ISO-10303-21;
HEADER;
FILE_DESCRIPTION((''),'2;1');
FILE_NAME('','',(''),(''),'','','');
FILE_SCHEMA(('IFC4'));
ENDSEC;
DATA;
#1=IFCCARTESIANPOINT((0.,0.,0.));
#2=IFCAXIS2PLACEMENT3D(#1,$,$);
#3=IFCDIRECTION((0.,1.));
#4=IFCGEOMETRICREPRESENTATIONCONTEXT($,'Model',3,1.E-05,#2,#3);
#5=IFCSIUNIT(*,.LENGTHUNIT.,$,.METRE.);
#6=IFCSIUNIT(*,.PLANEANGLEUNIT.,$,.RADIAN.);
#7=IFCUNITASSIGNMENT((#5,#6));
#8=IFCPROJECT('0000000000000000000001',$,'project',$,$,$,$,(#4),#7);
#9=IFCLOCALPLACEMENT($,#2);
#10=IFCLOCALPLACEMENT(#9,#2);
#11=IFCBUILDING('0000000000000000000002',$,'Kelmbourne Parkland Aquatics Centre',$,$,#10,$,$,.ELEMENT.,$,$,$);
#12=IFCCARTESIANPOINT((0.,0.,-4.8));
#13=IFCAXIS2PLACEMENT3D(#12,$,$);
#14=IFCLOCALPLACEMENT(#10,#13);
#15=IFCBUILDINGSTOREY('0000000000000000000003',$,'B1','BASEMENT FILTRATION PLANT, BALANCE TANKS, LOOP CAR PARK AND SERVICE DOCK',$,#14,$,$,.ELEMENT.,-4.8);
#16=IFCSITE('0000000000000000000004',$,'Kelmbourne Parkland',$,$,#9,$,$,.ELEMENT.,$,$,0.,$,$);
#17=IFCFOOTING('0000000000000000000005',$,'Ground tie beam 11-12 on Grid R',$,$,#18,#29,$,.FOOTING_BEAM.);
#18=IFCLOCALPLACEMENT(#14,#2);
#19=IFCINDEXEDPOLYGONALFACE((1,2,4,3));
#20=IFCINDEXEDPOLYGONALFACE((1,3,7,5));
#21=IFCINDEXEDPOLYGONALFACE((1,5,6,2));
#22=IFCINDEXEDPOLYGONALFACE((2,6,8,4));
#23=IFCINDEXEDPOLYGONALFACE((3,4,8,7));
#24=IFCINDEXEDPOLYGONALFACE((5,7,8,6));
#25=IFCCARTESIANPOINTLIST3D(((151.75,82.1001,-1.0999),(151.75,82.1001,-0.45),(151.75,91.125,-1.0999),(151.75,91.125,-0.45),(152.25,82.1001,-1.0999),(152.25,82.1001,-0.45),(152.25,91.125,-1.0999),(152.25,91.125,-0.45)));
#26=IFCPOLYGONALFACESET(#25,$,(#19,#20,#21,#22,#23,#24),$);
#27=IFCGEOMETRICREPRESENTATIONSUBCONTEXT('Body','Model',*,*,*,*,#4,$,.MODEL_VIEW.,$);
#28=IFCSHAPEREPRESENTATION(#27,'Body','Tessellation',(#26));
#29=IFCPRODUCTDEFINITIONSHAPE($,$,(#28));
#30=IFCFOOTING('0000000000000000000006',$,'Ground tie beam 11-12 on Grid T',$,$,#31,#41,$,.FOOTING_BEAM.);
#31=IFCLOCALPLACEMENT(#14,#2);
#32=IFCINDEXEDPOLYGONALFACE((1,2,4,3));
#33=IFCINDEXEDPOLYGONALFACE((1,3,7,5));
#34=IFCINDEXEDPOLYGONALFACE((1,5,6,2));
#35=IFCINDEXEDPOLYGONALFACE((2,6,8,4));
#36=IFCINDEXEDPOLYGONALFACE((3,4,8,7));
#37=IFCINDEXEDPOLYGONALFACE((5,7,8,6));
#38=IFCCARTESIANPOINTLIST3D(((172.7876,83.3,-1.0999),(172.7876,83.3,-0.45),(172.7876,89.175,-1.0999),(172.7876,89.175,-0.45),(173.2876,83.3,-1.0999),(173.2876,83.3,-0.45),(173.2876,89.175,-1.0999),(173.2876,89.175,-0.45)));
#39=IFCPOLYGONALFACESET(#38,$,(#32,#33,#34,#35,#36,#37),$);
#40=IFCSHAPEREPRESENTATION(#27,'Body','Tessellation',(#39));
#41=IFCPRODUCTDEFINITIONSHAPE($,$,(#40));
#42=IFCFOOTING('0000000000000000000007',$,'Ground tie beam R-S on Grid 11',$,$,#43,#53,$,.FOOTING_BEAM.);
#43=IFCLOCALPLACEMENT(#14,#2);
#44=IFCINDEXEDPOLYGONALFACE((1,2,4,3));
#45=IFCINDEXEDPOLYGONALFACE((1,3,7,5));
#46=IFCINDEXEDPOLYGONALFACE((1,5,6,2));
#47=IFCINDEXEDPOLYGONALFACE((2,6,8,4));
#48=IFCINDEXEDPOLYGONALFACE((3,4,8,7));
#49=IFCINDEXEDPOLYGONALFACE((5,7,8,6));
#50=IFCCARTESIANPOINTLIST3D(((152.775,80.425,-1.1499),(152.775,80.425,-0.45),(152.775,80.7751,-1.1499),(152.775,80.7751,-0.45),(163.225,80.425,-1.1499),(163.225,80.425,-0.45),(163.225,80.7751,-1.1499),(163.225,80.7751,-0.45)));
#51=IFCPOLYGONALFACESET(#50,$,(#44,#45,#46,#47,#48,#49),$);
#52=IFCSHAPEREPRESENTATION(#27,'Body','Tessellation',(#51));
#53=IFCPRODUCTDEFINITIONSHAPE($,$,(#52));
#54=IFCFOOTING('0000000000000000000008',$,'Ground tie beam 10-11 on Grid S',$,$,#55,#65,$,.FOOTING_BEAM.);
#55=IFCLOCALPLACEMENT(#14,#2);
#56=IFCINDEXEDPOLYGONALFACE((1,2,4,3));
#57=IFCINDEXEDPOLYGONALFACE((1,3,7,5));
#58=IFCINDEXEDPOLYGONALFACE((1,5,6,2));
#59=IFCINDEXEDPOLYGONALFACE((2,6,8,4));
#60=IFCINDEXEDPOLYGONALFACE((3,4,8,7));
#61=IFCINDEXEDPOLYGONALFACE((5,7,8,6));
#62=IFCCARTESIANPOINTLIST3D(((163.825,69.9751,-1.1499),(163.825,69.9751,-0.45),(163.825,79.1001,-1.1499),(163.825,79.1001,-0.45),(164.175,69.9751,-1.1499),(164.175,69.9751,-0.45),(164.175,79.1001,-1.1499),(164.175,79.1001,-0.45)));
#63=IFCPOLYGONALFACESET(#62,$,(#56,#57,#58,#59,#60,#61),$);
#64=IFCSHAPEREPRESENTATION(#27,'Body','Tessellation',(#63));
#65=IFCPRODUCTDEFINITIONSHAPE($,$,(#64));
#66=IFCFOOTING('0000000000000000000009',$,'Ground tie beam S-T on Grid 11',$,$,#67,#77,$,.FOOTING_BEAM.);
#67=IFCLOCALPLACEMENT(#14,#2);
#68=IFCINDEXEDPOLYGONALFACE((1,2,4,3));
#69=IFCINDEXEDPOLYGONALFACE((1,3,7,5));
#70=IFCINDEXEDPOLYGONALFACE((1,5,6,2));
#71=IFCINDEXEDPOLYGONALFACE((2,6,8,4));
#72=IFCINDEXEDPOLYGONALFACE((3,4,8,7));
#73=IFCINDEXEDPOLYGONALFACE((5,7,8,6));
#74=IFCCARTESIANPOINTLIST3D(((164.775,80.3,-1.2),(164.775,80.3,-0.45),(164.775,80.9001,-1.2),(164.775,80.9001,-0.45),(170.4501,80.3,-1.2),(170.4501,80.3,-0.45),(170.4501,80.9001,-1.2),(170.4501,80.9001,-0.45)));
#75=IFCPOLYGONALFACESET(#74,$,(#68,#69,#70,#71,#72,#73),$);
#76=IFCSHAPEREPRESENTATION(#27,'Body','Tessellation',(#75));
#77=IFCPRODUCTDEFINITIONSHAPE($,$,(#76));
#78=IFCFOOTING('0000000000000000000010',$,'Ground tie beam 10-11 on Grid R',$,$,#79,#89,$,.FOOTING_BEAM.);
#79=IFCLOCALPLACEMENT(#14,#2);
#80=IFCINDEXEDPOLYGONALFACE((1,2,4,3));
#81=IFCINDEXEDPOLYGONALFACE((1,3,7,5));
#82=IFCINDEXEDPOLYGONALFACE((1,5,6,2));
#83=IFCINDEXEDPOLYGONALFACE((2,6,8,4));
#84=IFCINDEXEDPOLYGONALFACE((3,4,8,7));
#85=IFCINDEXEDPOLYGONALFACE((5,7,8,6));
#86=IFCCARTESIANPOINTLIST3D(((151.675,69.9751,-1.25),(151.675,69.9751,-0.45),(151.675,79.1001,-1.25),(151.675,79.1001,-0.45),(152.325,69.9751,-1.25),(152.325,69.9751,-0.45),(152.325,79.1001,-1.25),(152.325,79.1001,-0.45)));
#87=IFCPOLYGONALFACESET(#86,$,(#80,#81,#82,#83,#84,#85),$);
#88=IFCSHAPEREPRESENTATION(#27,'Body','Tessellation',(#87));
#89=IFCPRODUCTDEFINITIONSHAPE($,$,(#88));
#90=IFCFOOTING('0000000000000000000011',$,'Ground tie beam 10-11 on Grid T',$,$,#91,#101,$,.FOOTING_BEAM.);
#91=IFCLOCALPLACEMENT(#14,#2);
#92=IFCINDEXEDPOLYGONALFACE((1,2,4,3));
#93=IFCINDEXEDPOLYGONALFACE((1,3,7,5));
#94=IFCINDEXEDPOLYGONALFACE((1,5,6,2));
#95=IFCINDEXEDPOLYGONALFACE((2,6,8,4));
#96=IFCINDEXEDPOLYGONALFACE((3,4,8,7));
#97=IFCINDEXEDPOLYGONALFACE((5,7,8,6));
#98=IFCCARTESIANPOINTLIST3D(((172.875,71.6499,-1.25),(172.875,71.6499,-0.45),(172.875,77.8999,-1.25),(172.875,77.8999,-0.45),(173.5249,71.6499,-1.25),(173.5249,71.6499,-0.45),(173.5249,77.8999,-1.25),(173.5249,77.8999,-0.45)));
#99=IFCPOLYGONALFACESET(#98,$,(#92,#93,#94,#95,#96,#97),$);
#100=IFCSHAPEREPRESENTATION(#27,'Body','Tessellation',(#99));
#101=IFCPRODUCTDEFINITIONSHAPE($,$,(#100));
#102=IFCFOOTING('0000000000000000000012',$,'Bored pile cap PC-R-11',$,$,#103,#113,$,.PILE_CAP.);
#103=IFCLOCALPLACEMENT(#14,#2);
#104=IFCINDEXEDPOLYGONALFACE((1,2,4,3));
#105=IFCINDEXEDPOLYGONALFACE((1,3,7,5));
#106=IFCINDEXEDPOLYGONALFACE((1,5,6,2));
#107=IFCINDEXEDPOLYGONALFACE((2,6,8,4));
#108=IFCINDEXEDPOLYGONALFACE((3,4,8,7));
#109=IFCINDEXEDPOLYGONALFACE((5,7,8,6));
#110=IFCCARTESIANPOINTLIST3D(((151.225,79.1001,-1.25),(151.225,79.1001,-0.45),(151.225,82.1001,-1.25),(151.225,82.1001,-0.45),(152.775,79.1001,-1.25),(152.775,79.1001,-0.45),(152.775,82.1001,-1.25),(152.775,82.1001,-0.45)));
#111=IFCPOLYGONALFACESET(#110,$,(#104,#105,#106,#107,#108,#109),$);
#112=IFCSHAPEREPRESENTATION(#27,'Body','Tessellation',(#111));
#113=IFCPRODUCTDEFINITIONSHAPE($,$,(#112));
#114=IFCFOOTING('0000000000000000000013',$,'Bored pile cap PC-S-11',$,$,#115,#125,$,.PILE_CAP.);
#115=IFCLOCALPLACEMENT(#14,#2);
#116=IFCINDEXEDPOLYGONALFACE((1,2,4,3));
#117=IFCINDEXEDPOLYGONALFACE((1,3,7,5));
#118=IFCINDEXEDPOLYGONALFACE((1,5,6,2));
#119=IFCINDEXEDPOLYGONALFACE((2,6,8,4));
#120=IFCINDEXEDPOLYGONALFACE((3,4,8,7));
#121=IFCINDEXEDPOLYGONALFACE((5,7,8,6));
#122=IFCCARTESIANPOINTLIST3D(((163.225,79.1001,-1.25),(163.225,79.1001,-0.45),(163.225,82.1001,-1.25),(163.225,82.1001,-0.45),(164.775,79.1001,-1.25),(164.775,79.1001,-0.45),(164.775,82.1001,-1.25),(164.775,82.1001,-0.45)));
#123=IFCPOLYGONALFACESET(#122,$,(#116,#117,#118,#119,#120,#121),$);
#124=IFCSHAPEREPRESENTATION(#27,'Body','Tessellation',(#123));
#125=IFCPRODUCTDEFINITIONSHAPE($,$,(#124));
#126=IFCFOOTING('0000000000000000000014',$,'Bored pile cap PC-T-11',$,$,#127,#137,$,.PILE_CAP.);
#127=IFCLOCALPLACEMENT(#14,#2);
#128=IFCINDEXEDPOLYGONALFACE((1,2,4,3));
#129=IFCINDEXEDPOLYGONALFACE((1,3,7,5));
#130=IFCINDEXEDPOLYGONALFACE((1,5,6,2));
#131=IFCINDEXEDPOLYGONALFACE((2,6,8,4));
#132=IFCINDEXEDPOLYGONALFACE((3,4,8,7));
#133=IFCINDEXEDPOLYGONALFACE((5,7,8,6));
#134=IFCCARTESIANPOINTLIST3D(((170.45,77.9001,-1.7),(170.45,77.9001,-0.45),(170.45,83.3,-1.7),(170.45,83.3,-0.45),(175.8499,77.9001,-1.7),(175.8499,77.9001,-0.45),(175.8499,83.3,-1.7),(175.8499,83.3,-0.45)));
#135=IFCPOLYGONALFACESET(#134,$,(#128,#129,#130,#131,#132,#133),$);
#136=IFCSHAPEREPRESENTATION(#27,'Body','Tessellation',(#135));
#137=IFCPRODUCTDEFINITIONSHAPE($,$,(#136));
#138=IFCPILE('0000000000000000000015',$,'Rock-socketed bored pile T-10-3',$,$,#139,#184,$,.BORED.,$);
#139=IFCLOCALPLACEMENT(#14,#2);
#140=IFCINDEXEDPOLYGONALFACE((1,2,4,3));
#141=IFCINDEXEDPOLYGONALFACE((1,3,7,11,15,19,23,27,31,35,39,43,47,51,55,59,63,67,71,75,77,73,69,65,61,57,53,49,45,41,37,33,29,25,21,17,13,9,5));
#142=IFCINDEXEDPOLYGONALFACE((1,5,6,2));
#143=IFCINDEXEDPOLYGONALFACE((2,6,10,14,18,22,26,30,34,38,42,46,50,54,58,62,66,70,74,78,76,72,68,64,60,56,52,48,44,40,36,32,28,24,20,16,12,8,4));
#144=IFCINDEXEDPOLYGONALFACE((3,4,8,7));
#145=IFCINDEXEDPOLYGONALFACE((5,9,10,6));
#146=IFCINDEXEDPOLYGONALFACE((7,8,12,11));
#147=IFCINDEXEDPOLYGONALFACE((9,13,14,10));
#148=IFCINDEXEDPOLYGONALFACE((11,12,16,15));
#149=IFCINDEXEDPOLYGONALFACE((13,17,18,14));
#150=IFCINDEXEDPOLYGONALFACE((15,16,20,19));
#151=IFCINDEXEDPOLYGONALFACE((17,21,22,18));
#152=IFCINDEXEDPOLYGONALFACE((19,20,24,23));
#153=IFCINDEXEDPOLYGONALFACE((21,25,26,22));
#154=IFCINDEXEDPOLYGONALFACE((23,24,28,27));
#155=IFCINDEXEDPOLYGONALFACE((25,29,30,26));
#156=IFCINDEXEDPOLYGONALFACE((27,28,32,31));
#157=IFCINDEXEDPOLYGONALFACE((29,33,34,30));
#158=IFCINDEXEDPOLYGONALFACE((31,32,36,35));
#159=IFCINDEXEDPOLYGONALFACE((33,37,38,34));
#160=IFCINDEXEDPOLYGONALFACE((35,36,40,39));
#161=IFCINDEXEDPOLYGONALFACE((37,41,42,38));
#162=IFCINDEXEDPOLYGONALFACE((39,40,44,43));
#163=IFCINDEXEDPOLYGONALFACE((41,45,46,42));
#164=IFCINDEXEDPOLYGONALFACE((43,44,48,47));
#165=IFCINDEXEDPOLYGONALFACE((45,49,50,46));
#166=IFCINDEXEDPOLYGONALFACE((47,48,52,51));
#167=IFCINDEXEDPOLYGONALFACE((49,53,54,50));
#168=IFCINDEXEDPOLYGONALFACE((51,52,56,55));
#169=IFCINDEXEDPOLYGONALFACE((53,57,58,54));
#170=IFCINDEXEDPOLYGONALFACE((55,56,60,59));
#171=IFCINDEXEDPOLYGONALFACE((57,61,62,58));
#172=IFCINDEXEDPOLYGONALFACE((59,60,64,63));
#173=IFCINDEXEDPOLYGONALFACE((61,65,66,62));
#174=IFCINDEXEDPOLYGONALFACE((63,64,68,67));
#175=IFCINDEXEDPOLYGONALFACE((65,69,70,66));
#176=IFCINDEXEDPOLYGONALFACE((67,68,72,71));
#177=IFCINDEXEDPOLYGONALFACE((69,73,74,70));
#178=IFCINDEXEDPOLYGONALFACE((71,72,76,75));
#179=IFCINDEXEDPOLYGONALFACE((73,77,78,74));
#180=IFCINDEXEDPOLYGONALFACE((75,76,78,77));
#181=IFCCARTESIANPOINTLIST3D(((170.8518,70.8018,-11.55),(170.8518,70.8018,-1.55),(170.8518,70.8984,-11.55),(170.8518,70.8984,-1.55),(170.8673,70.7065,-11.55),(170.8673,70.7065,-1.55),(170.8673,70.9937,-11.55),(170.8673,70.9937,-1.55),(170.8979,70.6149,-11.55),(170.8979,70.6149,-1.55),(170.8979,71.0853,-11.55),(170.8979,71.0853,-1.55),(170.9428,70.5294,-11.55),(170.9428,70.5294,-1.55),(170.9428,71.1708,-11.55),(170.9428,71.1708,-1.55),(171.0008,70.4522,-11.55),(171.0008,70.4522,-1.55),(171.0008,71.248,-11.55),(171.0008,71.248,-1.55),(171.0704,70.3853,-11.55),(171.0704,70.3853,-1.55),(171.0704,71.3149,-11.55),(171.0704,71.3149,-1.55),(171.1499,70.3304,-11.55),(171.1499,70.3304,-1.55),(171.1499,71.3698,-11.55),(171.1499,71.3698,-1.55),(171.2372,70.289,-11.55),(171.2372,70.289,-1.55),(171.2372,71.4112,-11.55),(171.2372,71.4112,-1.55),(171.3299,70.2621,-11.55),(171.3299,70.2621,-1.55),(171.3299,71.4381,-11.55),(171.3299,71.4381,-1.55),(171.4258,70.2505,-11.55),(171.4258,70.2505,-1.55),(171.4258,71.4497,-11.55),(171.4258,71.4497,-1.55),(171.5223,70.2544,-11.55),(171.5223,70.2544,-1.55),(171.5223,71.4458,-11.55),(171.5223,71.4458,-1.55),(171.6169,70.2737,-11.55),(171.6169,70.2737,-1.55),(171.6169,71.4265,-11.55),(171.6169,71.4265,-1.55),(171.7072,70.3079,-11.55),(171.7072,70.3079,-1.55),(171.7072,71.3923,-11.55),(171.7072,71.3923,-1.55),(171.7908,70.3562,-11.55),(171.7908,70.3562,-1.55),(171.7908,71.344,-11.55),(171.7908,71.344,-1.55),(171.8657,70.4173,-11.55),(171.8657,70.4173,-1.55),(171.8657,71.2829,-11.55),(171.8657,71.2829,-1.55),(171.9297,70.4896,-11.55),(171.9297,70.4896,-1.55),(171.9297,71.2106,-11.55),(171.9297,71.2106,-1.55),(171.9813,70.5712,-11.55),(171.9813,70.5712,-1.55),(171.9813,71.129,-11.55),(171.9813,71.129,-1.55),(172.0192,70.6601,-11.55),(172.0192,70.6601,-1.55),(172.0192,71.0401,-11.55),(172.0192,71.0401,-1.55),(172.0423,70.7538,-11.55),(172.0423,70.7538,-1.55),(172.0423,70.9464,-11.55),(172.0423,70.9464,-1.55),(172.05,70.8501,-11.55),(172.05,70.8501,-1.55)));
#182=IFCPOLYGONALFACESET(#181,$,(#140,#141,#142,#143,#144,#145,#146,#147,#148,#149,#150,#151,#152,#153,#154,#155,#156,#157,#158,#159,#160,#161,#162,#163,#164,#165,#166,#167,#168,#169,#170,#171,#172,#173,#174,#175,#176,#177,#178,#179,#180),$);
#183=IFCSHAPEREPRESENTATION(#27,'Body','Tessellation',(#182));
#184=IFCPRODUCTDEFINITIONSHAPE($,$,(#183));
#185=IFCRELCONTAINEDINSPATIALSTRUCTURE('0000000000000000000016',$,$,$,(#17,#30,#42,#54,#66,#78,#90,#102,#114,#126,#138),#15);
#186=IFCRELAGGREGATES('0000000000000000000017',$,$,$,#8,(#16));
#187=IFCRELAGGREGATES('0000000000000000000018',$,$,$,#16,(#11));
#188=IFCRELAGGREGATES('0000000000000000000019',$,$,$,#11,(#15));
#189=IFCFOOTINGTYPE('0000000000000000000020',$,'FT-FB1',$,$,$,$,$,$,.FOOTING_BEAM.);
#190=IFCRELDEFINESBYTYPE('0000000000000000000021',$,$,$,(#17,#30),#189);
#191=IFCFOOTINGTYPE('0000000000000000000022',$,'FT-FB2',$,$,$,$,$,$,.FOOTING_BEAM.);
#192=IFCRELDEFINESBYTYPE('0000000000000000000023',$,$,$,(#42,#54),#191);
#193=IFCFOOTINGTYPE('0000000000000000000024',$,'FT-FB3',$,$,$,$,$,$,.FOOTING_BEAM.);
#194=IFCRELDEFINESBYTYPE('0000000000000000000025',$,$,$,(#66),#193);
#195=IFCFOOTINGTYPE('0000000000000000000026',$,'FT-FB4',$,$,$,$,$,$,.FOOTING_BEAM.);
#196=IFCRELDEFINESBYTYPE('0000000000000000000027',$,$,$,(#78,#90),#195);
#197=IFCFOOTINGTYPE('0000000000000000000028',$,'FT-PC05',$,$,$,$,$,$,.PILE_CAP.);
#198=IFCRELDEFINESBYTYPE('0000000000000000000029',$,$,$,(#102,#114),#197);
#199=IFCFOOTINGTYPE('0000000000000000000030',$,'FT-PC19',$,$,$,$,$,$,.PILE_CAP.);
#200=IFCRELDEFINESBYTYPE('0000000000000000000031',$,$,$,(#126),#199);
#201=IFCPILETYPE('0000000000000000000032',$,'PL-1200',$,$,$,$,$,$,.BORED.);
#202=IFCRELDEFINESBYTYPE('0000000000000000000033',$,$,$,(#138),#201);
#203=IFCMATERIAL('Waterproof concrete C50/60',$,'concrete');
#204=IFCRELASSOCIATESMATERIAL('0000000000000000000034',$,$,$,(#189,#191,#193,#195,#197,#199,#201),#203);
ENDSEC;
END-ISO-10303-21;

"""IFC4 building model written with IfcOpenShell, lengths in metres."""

from ifc_helpers import new_model, si_unit, direction, frame, origin, origin_2d, place, context, subcontext, project, spatial, rectangle, circle, extrude, material, material_profile, profile_set, type_object, element, save


model = new_model("IFC4")

# Units and contexts
model_context = context("Model", 3, precision=1e-05, world=origin(), true_north=direction((0.0, 1.0)))
body_context = subcontext(model_context, "Body", "Model", "MODEL_VIEW")
ifc_project = project(units=[si_unit("LENGTHUNIT", "METRE"), si_unit("PLANEANGLEUNIT", "RADIAN")], contexts=[model_context])

# Site, building, storey
site_placement = place(None, origin())
site = spatial("IfcSite", under=ifc_project, at=site_placement, Name="Kelmbourne Parkland", CompositionType="ELEMENT", RefElevation=0.0)
building_placement = place(site_placement, origin())
building = spatial("IfcBuilding", under=site, at=building_placement, Name="Kelmbourne Parkland Aquatics Centre", CompositionType="ELEMENT")
storey_placement = place(building_placement, frame((0.0, 0.0, -4.8)))
storey = spatial("IfcBuildingStorey", under=building, at=storey_placement, Name="B1", Description="BASEMENT FILTRATION PLANT, BALANCE TANKS, LOOP CAR PARK AND SERVICE DOCK", CompositionType="ELEMENT", Elevation=-4.8)

# Footings
ifc_material_1 = material(Name="Waterproof concrete C50/60", Category="concrete")
footing_type_1 = type_object("IfcFootingType", Name="FT-FB1", PredefinedType="FOOTING_BEAM", material=ifc_material_1)
footing_1_placement = place(storey_placement, frame((152.0, 86.6125, -1.0999), z_axis=(0.0, 0.0, 1.0), x_axis=(0.0, 1.0, 0.0)))
element("IfcFooting", 1, at=footing_1_placement, inside=storey, type_object=footing_type_1, Name="Ground tie beam 11-12 on Grid R", PredefinedType="FOOTING_BEAM", context=body_context, shape_type="SweptSolid", body=[
    extrude(rectangle(XDim=9.0249, YDim=0.5, at=origin_2d()), origin(), (0.0, 0.0, 1.0), 0.6499),
])
footing_2_placement = place(storey_placement, frame((173.0376, 86.2375, -1.0999), z_axis=(0.0, 0.0, 1.0), x_axis=(0.0, 1.0, 0.0)))
element("IfcFooting", 2, at=footing_2_placement, inside=storey, type_object=footing_type_1, Name="Ground tie beam 11-12 on Grid T", PredefinedType="FOOTING_BEAM", context=body_context, shape_type="SweptSolid", body=[
    extrude(rectangle(XDim=5.875, YDim=0.5, at=origin_2d()), origin(), (0.0, 0.0, 1.0), 0.6499),
])
footing_type_2 = type_object("IfcFootingType", Name="FT-FB2", PredefinedType="FOOTING_BEAM", material=ifc_material_1)
footing_3_placement = place(storey_placement, frame((158.0, 80.6001, -1.1499), z_axis=(0.0, 0.0, 1.0), x_axis=(1.0, 0.0, 0.0)))
element("IfcFooting", 3, at=footing_3_placement, inside=storey, type_object=footing_type_2, Name="Ground tie beam R-S on Grid 11", PredefinedType="FOOTING_BEAM", context=body_context, shape_type="SweptSolid", body=[
    extrude(rectangle(XDim=10.45, YDim=0.3501, at=origin_2d()), origin(), (0.0, 0.0, 1.0), 0.7),
])
footing_4_placement = place(storey_placement, frame((164.0, 74.5376, -1.1499), z_axis=(0.0, 0.0, 1.0), x_axis=(0.0, 1.0, 0.0)))
element("IfcFooting", 4, at=footing_4_placement, inside=storey, type_object=footing_type_2, Name="Ground tie beam 10-11 on Grid S", PredefinedType="FOOTING_BEAM", context=body_context, shape_type="SweptSolid", body=[
    extrude(rectangle(XDim=9.125, YDim=0.3501, at=origin_2d()), origin(), (0.0, 0.0, 1.0), 0.7),
])
footing_type_3 = type_object("IfcFootingType", Name="FT-FB3", PredefinedType="FOOTING_BEAM", material=ifc_material_1)
footing_5_placement = place(storey_placement, frame((167.6125, 80.6001, -1.2), z_axis=(0.0, 0.0, 1.0), x_axis=(1.0, 0.0, 0.0)))
element("IfcFooting", 5, at=footing_5_placement, inside=storey, type_object=footing_type_3, Name="Ground tie beam S-T on Grid 11", PredefinedType="FOOTING_BEAM", context=body_context, shape_type="SweptSolid", body=[
    extrude(rectangle(XDim=5.675, YDim=0.6001, at=origin_2d()), origin(), (0.0, 0.0, 1.0), 0.75),
])
footing_type_4 = type_object("IfcFootingType", Name="FT-FB4", PredefinedType="FOOTING_BEAM", material=ifc_material_1)
footing_6_placement = place(storey_placement, frame((152.0, 74.5376, -1.25), z_axis=(0.0, 0.0, 1.0), x_axis=(0.0, 1.0, 0.0)))
element("IfcFooting", 6, at=footing_6_placement, inside=storey, type_object=footing_type_4, Name="Ground tie beam 10-11 on Grid R", PredefinedType="FOOTING_BEAM", context=body_context, shape_type="SweptSolid", body=[
    extrude(rectangle(XDim=9.125, YDim=0.6499, at=origin_2d()), origin(), (0.0, 0.0, 1.0), 0.8),
])
footing_7_placement = place(storey_placement, frame((173.2, 74.7749, -1.25), z_axis=(0.0, 0.0, 1.0), x_axis=(0.0, 1.0, 0.0)))
element("IfcFooting", 7, at=footing_7_placement, inside=storey, type_object=footing_type_4, Name="Ground tie beam 10-11 on Grid T", PredefinedType="FOOTING_BEAM", context=body_context, shape_type="SweptSolid", body=[
    extrude(rectangle(XDim=6.25, YDim=0.6499, at=origin_2d()), origin(), (0.0, 0.0, 1.0), 0.8),
])
footing_type_5 = type_object("IfcFootingType", Name="FT-PC05", PredefinedType="PILE_CAP", material=ifc_material_1)
for number, where, z_axis, x_axis, name in (
    (8, (152.0, 80.6001, -1.25), (0.0, 0.0, 1.0), (1.0, 0.0, 0.0), "Bored pile cap PC-R-11"),
    (9, (164.0, 80.6001, -1.25), (0.0, 0.0, 1.0), (1.0, 0.0, 0.0), "Bored pile cap PC-S-11"),
):
    element("IfcFooting", number, at=place(storey_placement, frame(where, z_axis=z_axis, x_axis=x_axis)), inside=storey, type_object=footing_type_5, Name=name, PredefinedType="PILE_CAP", context=body_context, shape_type="SweptSolid", body=[
        extrude(rectangle(XDim=1.55, YDim=3.0, at=origin_2d()), origin(), (0.0, 0.0, 1.0), 0.8),
    ])
footing_type_6 = type_object("IfcFootingType", Name="FT-PC19", PredefinedType="PILE_CAP", material=ifc_material_1)
footing_8_placement = place(storey_placement, frame((173.1499, 80.6001, -1.7), z_axis=(0.0, 0.0, 1.0), x_axis=(1.0, 0.0, 0.0)))
element("IfcFooting", 10, at=footing_8_placement, inside=storey, type_object=footing_type_6, Name="Bored pile cap PC-T-11", PredefinedType="PILE_CAP", context=body_context, shape_type="SweptSolid", body=[
    extrude(rectangle(XDim=5.3999, YDim=5.3999, at=origin_2d()), origin(), (0.0, 0.0, 1.0), 1.25),
])

# Pile
ifc_material_profile_1 = material_profile(ifc_material_1, circle(Radius=0.6001, at=origin_2d()), Name="PILE D1200")
ifc_profile_set_1 = profile_set([ifc_material_profile_1], Name="Waterproof concrete C50/60")
pile_type_1 = type_object("IfcPileType", Name="PL-1200", PredefinedType="BORED", material=ifc_profile_set_1)
for number, where, z_axis, x_axis, name in (
    (11, (171.45, 70.8501, -1.55), (0.0, 0.0, -1.0), (1.0, 0.0, 0.0), "Rock-socketed bored pile T-10-3"),
):
    element("IfcPile", number, at=place(storey_placement, frame(where, z_axis=z_axis, x_axis=x_axis)), inside=storey, type_object=pile_type_1, Name=name, PredefinedType="BORED", context=body_context, shape_type="SweptSolid", body=[
        extrude(circle(Radius=0.6001, at=origin_2d()), origin(), (0.0, 0.0, 1.0), 10.0),
    ])

save(model, "model.ifc")
